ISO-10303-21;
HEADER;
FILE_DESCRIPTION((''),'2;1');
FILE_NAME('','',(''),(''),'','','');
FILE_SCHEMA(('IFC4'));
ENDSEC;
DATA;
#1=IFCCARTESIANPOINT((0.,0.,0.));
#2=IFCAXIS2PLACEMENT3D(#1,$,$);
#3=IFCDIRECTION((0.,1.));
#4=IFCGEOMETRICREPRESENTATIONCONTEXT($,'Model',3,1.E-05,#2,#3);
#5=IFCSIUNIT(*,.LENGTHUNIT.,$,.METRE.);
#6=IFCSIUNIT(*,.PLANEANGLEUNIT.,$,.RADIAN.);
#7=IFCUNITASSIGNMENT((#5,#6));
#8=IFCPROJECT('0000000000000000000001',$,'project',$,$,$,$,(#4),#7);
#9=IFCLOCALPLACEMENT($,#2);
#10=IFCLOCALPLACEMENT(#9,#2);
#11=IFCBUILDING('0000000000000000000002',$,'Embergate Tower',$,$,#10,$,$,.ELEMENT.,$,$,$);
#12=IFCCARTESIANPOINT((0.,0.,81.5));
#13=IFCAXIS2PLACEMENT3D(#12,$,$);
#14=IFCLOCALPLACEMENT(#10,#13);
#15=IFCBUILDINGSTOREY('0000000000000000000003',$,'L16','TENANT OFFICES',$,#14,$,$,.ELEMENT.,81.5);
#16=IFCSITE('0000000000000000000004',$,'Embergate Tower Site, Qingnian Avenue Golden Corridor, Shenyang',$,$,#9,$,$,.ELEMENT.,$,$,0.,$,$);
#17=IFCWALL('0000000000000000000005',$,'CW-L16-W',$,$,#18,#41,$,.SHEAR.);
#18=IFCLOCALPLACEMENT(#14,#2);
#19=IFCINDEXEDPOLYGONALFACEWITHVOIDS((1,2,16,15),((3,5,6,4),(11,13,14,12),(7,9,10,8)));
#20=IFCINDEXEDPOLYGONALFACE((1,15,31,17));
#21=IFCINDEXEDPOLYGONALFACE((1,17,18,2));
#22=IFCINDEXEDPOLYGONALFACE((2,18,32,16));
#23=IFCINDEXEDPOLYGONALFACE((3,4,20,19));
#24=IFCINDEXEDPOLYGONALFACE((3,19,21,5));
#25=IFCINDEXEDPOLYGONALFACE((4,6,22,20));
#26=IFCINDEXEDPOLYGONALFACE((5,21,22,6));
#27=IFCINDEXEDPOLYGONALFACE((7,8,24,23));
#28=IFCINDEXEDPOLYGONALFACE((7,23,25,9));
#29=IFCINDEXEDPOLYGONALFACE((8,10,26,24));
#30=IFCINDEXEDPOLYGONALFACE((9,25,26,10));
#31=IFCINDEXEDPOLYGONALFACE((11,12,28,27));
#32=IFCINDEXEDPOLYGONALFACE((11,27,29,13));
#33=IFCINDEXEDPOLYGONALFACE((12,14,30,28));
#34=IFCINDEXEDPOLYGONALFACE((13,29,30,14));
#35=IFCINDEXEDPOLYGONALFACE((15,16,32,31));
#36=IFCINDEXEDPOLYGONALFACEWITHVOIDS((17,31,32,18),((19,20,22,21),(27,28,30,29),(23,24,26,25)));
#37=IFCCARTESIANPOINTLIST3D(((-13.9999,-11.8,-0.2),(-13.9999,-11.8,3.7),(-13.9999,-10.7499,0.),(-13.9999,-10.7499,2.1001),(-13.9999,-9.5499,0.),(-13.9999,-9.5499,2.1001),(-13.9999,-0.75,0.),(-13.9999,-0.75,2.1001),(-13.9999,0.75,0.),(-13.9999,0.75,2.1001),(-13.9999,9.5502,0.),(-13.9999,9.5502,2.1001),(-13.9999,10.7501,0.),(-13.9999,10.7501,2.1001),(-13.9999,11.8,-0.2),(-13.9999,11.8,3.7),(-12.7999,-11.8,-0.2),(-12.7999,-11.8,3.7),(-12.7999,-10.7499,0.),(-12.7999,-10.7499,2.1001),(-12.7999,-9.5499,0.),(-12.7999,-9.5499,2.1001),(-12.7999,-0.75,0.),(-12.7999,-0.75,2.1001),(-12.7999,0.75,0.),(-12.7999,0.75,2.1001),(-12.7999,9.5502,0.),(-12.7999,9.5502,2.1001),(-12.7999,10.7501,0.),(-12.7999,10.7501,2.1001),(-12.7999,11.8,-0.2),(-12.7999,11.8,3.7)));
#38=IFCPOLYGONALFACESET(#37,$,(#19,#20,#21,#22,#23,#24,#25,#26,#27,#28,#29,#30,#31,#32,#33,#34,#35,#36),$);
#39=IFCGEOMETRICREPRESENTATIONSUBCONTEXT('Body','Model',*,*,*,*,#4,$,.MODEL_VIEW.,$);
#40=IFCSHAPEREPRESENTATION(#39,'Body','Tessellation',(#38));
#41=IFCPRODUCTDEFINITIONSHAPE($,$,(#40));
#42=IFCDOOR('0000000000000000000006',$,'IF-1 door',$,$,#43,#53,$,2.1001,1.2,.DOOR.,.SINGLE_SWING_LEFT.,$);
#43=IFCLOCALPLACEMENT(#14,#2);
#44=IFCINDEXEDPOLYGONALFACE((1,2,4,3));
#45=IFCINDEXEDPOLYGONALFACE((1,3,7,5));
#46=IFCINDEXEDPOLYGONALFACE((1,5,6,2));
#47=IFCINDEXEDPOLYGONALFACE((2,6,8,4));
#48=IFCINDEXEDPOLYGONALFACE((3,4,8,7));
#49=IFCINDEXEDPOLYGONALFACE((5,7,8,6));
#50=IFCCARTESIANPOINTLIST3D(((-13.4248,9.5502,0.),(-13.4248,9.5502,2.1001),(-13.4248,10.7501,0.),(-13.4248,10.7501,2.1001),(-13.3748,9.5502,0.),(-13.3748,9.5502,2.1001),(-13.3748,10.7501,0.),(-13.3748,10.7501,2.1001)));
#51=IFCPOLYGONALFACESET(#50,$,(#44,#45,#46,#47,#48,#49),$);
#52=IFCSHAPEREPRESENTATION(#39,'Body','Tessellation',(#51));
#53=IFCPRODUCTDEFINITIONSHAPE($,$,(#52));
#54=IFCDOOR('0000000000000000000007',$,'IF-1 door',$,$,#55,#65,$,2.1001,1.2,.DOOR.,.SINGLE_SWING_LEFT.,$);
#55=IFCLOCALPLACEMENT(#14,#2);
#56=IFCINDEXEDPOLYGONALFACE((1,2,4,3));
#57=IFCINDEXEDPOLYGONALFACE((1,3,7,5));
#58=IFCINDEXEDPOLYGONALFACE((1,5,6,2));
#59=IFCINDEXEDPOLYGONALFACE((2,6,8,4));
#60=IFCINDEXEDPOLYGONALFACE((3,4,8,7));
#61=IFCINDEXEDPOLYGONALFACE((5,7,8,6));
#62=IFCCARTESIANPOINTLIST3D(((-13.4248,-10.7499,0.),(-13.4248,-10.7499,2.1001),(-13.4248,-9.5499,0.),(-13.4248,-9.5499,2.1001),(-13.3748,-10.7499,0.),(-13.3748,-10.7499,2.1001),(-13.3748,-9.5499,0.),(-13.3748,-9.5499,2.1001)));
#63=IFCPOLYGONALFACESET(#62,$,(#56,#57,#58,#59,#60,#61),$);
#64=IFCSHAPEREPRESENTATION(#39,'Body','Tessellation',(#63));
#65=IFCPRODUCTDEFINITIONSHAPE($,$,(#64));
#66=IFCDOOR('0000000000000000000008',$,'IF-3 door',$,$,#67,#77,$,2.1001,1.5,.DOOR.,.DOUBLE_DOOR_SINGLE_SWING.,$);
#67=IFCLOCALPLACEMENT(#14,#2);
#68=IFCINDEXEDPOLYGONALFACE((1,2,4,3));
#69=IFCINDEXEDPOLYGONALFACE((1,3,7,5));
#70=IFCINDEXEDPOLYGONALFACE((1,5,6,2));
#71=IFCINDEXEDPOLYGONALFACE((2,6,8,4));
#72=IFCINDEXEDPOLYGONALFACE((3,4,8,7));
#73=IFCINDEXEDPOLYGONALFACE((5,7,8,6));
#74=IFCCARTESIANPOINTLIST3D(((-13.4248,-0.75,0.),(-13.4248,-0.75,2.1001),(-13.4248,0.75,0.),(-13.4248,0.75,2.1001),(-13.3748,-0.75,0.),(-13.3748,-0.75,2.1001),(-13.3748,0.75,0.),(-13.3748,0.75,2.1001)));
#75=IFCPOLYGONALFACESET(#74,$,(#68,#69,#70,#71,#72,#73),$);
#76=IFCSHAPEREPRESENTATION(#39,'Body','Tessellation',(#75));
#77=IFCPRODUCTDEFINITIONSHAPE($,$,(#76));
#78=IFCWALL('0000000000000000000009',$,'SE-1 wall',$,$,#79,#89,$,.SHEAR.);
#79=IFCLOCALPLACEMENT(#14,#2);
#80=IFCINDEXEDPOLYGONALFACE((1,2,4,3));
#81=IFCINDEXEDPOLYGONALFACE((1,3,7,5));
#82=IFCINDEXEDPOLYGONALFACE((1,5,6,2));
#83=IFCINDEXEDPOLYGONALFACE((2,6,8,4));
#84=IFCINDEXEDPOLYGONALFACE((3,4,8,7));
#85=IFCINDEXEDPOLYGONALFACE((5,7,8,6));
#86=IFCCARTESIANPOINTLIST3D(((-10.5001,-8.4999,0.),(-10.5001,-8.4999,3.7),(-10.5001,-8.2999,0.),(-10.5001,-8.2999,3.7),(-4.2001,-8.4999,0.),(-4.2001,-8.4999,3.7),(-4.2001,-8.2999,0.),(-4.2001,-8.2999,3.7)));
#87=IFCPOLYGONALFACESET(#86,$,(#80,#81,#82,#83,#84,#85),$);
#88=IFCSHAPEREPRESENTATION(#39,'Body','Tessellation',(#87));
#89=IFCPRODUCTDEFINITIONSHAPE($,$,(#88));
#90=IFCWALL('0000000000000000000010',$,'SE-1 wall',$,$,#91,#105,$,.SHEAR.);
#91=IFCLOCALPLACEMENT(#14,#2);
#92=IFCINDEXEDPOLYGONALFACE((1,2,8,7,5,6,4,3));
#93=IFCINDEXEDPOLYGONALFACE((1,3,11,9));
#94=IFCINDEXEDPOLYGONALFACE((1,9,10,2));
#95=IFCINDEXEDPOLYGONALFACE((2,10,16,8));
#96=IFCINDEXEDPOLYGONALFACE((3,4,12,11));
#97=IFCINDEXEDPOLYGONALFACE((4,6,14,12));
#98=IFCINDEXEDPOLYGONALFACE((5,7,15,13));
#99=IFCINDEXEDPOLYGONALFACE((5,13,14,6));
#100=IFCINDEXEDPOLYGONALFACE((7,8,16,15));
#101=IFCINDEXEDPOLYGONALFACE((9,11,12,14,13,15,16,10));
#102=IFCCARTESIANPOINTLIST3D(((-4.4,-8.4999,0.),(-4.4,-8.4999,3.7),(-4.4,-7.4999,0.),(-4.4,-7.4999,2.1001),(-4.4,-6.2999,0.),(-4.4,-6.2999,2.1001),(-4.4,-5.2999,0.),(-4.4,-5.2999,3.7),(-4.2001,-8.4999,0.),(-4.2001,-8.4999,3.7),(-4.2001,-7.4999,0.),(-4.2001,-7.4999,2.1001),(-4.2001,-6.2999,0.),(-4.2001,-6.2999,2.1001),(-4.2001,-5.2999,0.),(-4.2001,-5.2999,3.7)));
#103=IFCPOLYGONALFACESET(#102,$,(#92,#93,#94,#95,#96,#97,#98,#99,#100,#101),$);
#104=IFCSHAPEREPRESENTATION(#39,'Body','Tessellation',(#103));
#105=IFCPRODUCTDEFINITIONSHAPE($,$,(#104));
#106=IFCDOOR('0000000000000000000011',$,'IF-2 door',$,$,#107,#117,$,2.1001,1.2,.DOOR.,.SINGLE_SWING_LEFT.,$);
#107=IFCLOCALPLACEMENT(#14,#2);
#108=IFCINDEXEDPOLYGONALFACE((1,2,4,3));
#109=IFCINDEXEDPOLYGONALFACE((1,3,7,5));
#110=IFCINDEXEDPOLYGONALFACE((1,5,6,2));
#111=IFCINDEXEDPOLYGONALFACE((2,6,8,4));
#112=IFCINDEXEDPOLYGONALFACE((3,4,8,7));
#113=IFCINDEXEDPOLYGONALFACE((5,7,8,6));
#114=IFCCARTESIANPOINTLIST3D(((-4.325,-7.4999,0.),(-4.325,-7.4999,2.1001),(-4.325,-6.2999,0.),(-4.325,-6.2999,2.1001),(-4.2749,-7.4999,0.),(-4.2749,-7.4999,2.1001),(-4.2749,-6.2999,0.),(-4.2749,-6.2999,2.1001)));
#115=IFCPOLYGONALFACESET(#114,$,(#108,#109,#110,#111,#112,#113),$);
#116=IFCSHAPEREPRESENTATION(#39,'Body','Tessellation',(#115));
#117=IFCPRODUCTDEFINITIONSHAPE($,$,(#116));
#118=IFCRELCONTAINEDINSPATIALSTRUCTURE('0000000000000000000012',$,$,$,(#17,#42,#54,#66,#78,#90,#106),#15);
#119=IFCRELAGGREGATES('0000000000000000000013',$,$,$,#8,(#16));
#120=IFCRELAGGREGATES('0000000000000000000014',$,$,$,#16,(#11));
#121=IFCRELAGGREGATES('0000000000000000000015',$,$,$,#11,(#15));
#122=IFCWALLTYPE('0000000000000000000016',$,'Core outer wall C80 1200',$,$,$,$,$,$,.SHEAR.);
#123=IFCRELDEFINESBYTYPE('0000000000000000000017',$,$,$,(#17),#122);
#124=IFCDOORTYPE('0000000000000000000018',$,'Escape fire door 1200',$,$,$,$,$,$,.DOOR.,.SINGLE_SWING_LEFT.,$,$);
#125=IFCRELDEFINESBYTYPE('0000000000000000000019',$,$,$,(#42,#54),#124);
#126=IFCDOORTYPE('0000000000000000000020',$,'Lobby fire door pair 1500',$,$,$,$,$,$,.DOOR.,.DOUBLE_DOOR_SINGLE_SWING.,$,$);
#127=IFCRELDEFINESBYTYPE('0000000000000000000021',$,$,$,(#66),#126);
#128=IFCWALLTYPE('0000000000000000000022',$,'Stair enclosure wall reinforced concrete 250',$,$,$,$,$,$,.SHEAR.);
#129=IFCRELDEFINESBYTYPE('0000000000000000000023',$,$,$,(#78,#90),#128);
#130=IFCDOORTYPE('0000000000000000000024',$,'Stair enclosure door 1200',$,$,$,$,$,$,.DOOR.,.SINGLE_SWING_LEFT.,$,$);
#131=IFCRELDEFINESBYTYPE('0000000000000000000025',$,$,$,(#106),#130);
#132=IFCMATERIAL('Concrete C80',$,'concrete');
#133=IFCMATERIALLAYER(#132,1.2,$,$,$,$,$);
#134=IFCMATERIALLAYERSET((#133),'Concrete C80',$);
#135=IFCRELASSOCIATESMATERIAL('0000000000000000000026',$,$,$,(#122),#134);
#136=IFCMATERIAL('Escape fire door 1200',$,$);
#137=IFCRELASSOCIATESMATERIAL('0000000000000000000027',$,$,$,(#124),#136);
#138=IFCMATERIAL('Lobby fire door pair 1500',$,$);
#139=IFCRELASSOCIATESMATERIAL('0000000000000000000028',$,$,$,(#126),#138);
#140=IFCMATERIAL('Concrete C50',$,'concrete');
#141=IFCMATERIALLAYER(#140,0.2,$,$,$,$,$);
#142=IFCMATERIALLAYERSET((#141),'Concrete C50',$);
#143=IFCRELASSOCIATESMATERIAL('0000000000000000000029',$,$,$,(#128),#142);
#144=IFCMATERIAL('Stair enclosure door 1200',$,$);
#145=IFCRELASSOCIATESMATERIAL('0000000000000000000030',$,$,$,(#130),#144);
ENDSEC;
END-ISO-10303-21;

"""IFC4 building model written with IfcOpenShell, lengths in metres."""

from ifc_helpers import new_model, si_unit, direction, frame, frame_2d, origin, place, context, subcontext, project, spatial, rectangle, extrude, source, transform, mapped, material, layer, layer_set, type_object, element, fill, save


model = new_model("IFC4")

# Units and contexts
model_context = context("Model", 3, precision=1e-05, world=origin(), true_north=direction((0.0, 1.0)))
body_context = subcontext(model_context, "Body", "Model", "MODEL_VIEW")
ifc_project = project(units=[si_unit("LENGTHUNIT", "METRE"), si_unit("PLANEANGLEUNIT", "RADIAN")], contexts=[model_context])

# Site, building, storey
site_placement = place(None, origin())
site = spatial("IfcSite", under=ifc_project, at=site_placement, Name="Embergate Tower Site, Qingnian Avenue Golden Corridor, Shenyang", CompositionType="ELEMENT", RefElevation=0.0)
building_placement = place(site_placement, origin())
building = spatial("IfcBuilding", under=site, at=building_placement, Name="Embergate Tower", CompositionType="ELEMENT")
storey_placement = place(building_placement, frame((0.0, 0.0, 81.5)))
storey = spatial("IfcBuildingStorey", under=building, at=storey_placement, Name="L16", Description="TENANT OFFICES", CompositionType="ELEMENT", Elevation=81.5)

# Shared definitions
ifc_material_1 = material(Name="Concrete C80", Category="concrete")
ifc_layer_1 = layer(ifc_material_1, 1.2)
ifc_layer_set_1 = layer_set([ifc_layer_1], Name="Concrete C80")
wall_type_1 = type_object("IfcWallType", Name="Core outer wall C80 1200", PredefinedType="SHEAR", material=ifc_layer_set_1)

# Wall, openings, doors
shared_shape_1 = source(origin(), body_context, "Body", "SweptSolid", [
    extrude(rectangle(XDim=23.6001, YDim=1.2, at=frame_2d((11.8, 0.0))), origin(), (0.0, 0.0, 1.0), 3.8999),
])
wall_1_placement = place(storey_placement, frame((-13.3999, -11.8, -0.2), z_axis=(0.0, 0.0, 1.0), x_axis=(0.0, 1.0, 0.0)))
wall_1 = element("IfcWall", 1, at=wall_1_placement, inside=storey, type_object=wall_type_1, Name="CW-L16-W", PredefinedType="SHEAR", context=body_context, shape_type="MappedRepresentation", body=[
    mapped(shared_shape_1, transform((0.0, 0.0, 0.0))),
])
shared_shape_2 = source(origin(), body_context, "Body", "SweptSolid", [
    extrude(rectangle(XDim=1.2, YDim=2.1001, at=frame_2d((0.6001, 1.05))), frame((0.0, 0.6099, 0.0), z_axis=(0.0, -1.0, 0.0), x_axis=(1.0, 0.0, 0.0)), (0.0, 0.0, 1.0), 1.22),
])
opening_1_placement = place(wall_1_placement, frame((21.3501, 0.0, 0.2)))
opening_1 = element("IfcOpeningElement", 2, at=opening_1_placement, cuts=wall_1, PredefinedType="OPENING", context=body_context, shape_type="MappedRepresentation", body=[
    mapped(shared_shape_2, transform((0.0, 0.0, 0.0))),
])
opening_2_placement = place(wall_1_placement, frame((1.05, 0.0, 0.2)))
opening_2 = element("IfcOpeningElement", 3, at=opening_2_placement, cuts=wall_1, PredefinedType="OPENING", context=body_context, shape_type="MappedRepresentation", body=[
    mapped(shared_shape_2, transform((0.0, 0.0, 0.0))),
])
shared_shape_3 = source(origin(), body_context, "Body", "SweptSolid", [
    extrude(rectangle(XDim=1.5, YDim=2.1001, at=frame_2d((0.75, 1.05))), frame((0.0, 0.6099, 0.0), z_axis=(0.0, -1.0, 0.0), x_axis=(1.0, 0.0, 0.0)), (0.0, 0.0, 1.0), 1.22),
])
opening_3_placement = place(wall_1_placement, frame((11.05, 0.0, 0.2)))
opening_3 = element("IfcOpeningElement", 4, at=opening_3_placement, cuts=wall_1, PredefinedType="OPENING", context=body_context, shape_type="MappedRepresentation", body=[
    mapped(shared_shape_3, transform((0.0, 0.0, 0.0))),
])
ifc_material_2 = material(Name="Escape fire door 1200")
door_type_1 = type_object("IfcDoorType", Name="Escape fire door 1200", OperationType="SINGLE_SWING_LEFT", PredefinedType="DOOR", material=ifc_material_2)
shared_shape_4 = source(origin(), body_context, "Body", "SweptSolid", [
    extrude(rectangle(XDim=1.2, YDim=2.1001, at=frame_2d((0.6001, 1.05))), frame((0.0, 0.0249, 0.0), z_axis=(0.0, -1.0, 0.0), x_axis=(1.0, 0.0, 0.0)), (0.0, 0.0, 1.0), 0.05),
])
door_1_placement = place(opening_1_placement, origin())
door_1 = element("IfcDoor", 5, at=door_1_placement, inside=storey, type_object=door_type_1, Name="IF-1 door", OperationType="SINGLE_SWING_LEFT", OverallHeight=2.1001, OverallWidth=1.2, PredefinedType="DOOR", context=body_context, shape_type="MappedRepresentation", body=[
    mapped(shared_shape_4, transform((0.0, 0.0, 0.0))),
])
fill(opening_1, door_1)
door_2_placement = place(opening_2_placement, origin())
door_2 = element("IfcDoor", 6, at=door_2_placement, inside=storey, type_object=door_type_1, Name="IF-1 door", OperationType="SINGLE_SWING_LEFT", OverallHeight=2.1001, OverallWidth=1.2, PredefinedType="DOOR", context=body_context, shape_type="MappedRepresentation", body=[
    mapped(shared_shape_4, transform((0.0, 0.0, 0.0))),
])
fill(opening_2, door_2)
ifc_material_3 = material(Name="Lobby fire door pair 1500")
door_type_2 = type_object("IfcDoorType", Name="Lobby fire door pair 1500", OperationType="DOUBLE_DOOR_SINGLE_SWING", PredefinedType="DOOR", material=ifc_material_3)
shared_shape_5 = source(origin(), body_context, "Body", "SweptSolid", [
    extrude(rectangle(XDim=1.5, YDim=2.1001, at=frame_2d((0.75, 1.05))), frame((0.0, 0.0249, 0.0), z_axis=(0.0, -1.0, 0.0), x_axis=(1.0, 0.0, 0.0)), (0.0, 0.0, 1.0), 0.05),
])
door_3_placement = place(opening_3_placement, origin())
door_3 = element("IfcDoor", 7, at=door_3_placement, inside=storey, type_object=door_type_2, Name="IF-3 door", OperationType="DOUBLE_DOOR_SINGLE_SWING", OverallHeight=2.1001, OverallWidth=1.5, PredefinedType="DOOR", context=body_context, shape_type="MappedRepresentation", body=[
    mapped(shared_shape_5, transform((0.0, 0.0, 0.0))),
])
fill(opening_3, door_3)

# Wall
ifc_material_4 = material(Name="Concrete C50", Category="concrete")
ifc_layer_2 = layer(ifc_material_4, 0.2)
ifc_layer_set_2 = layer_set([ifc_layer_2], Name="Concrete C50")
wall_type_2 = type_object("IfcWallType", Name="Stair enclosure wall reinforced concrete 250", PredefinedType="SHEAR", material=ifc_layer_set_2)
shared_shape_6 = source(origin(), body_context, "Body", "SweptSolid", [
    extrude(rectangle(XDim=6.3, YDim=0.2, at=frame_2d((3.1499, 0.0))), origin(), (0.0, 0.0, 1.0), 3.7),
])
wall_2_placement = place(storey_placement, frame((-10.5, -8.3999, 0.0), z_axis=(0.0, 0.0, 1.0), x_axis=(1.0, 0.0, 0.0)))
element("IfcWall", 8, at=wall_2_placement, inside=storey, type_object=wall_type_2, Name="SE-1 wall", PredefinedType="SHEAR", context=body_context, shape_type="MappedRepresentation", body=[
    mapped(shared_shape_6, transform((0.0, 0.0, 0.0))),
])

# Wall, opening, door
shared_shape_7 = source(origin(), body_context, "Body", "SweptSolid", [
    extrude(rectangle(XDim=3.2, YDim=0.2, at=frame_2d((1.6001, 0.0))), origin(), (0.0, 0.0, 1.0), 3.7),
])
wall_3_placement = place(storey_placement, frame((-4.3, -8.5, 0.0), z_axis=(0.0, 0.0, 1.0), x_axis=(0.0, 1.0, 0.0)))
wall_3 = element("IfcWall", 9, at=wall_3_placement, inside=storey, type_object=wall_type_2, Name="SE-1 wall", PredefinedType="SHEAR", context=body_context, shape_type="MappedRepresentation", body=[
    mapped(shared_shape_7, transform((0.0, 0.0, 0.0))),
])
shared_shape_8 = source(origin(), body_context, "Body", "SweptSolid", [
    extrude(rectangle(XDim=1.2, YDim=2.1001, at=frame_2d((0.6001, 1.05))), frame((0.0, 0.1099, 0.0), z_axis=(0.0, -1.0, 0.0), x_axis=(1.0, 0.0, 0.0)), (0.0, 0.0, 1.0), 0.22),
])
opening_4_placement = place(wall_3_placement, frame((1.0, 0.0, 0.0)))
opening_4 = element("IfcOpeningElement", 10, at=opening_4_placement, cuts=wall_3, PredefinedType="OPENING", context=body_context, shape_type="MappedRepresentation", body=[
    mapped(shared_shape_8, transform((0.0, 0.0, 0.0))),
])
ifc_material_5 = material(Name="Stair enclosure door 1200")
door_type_3 = type_object("IfcDoorType", Name="Stair enclosure door 1200", OperationType="SINGLE_SWING_LEFT", PredefinedType="DOOR", material=ifc_material_5)
door_4_placement = place(opening_4_placement, origin())
door_4 = element("IfcDoor", 11, at=door_4_placement, inside=storey, type_object=door_type_3, Name="IF-2 door", OperationType="SINGLE_SWING_LEFT", OverallHeight=2.1001, OverallWidth=1.2, PredefinedType="DOOR", context=body_context, shape_type="MappedRepresentation", body=[
    mapped(shared_shape_4, transform((0.0, 0.0, 0.0))),
])
fill(opening_4, door_4)

save(model, "model.ifc")
